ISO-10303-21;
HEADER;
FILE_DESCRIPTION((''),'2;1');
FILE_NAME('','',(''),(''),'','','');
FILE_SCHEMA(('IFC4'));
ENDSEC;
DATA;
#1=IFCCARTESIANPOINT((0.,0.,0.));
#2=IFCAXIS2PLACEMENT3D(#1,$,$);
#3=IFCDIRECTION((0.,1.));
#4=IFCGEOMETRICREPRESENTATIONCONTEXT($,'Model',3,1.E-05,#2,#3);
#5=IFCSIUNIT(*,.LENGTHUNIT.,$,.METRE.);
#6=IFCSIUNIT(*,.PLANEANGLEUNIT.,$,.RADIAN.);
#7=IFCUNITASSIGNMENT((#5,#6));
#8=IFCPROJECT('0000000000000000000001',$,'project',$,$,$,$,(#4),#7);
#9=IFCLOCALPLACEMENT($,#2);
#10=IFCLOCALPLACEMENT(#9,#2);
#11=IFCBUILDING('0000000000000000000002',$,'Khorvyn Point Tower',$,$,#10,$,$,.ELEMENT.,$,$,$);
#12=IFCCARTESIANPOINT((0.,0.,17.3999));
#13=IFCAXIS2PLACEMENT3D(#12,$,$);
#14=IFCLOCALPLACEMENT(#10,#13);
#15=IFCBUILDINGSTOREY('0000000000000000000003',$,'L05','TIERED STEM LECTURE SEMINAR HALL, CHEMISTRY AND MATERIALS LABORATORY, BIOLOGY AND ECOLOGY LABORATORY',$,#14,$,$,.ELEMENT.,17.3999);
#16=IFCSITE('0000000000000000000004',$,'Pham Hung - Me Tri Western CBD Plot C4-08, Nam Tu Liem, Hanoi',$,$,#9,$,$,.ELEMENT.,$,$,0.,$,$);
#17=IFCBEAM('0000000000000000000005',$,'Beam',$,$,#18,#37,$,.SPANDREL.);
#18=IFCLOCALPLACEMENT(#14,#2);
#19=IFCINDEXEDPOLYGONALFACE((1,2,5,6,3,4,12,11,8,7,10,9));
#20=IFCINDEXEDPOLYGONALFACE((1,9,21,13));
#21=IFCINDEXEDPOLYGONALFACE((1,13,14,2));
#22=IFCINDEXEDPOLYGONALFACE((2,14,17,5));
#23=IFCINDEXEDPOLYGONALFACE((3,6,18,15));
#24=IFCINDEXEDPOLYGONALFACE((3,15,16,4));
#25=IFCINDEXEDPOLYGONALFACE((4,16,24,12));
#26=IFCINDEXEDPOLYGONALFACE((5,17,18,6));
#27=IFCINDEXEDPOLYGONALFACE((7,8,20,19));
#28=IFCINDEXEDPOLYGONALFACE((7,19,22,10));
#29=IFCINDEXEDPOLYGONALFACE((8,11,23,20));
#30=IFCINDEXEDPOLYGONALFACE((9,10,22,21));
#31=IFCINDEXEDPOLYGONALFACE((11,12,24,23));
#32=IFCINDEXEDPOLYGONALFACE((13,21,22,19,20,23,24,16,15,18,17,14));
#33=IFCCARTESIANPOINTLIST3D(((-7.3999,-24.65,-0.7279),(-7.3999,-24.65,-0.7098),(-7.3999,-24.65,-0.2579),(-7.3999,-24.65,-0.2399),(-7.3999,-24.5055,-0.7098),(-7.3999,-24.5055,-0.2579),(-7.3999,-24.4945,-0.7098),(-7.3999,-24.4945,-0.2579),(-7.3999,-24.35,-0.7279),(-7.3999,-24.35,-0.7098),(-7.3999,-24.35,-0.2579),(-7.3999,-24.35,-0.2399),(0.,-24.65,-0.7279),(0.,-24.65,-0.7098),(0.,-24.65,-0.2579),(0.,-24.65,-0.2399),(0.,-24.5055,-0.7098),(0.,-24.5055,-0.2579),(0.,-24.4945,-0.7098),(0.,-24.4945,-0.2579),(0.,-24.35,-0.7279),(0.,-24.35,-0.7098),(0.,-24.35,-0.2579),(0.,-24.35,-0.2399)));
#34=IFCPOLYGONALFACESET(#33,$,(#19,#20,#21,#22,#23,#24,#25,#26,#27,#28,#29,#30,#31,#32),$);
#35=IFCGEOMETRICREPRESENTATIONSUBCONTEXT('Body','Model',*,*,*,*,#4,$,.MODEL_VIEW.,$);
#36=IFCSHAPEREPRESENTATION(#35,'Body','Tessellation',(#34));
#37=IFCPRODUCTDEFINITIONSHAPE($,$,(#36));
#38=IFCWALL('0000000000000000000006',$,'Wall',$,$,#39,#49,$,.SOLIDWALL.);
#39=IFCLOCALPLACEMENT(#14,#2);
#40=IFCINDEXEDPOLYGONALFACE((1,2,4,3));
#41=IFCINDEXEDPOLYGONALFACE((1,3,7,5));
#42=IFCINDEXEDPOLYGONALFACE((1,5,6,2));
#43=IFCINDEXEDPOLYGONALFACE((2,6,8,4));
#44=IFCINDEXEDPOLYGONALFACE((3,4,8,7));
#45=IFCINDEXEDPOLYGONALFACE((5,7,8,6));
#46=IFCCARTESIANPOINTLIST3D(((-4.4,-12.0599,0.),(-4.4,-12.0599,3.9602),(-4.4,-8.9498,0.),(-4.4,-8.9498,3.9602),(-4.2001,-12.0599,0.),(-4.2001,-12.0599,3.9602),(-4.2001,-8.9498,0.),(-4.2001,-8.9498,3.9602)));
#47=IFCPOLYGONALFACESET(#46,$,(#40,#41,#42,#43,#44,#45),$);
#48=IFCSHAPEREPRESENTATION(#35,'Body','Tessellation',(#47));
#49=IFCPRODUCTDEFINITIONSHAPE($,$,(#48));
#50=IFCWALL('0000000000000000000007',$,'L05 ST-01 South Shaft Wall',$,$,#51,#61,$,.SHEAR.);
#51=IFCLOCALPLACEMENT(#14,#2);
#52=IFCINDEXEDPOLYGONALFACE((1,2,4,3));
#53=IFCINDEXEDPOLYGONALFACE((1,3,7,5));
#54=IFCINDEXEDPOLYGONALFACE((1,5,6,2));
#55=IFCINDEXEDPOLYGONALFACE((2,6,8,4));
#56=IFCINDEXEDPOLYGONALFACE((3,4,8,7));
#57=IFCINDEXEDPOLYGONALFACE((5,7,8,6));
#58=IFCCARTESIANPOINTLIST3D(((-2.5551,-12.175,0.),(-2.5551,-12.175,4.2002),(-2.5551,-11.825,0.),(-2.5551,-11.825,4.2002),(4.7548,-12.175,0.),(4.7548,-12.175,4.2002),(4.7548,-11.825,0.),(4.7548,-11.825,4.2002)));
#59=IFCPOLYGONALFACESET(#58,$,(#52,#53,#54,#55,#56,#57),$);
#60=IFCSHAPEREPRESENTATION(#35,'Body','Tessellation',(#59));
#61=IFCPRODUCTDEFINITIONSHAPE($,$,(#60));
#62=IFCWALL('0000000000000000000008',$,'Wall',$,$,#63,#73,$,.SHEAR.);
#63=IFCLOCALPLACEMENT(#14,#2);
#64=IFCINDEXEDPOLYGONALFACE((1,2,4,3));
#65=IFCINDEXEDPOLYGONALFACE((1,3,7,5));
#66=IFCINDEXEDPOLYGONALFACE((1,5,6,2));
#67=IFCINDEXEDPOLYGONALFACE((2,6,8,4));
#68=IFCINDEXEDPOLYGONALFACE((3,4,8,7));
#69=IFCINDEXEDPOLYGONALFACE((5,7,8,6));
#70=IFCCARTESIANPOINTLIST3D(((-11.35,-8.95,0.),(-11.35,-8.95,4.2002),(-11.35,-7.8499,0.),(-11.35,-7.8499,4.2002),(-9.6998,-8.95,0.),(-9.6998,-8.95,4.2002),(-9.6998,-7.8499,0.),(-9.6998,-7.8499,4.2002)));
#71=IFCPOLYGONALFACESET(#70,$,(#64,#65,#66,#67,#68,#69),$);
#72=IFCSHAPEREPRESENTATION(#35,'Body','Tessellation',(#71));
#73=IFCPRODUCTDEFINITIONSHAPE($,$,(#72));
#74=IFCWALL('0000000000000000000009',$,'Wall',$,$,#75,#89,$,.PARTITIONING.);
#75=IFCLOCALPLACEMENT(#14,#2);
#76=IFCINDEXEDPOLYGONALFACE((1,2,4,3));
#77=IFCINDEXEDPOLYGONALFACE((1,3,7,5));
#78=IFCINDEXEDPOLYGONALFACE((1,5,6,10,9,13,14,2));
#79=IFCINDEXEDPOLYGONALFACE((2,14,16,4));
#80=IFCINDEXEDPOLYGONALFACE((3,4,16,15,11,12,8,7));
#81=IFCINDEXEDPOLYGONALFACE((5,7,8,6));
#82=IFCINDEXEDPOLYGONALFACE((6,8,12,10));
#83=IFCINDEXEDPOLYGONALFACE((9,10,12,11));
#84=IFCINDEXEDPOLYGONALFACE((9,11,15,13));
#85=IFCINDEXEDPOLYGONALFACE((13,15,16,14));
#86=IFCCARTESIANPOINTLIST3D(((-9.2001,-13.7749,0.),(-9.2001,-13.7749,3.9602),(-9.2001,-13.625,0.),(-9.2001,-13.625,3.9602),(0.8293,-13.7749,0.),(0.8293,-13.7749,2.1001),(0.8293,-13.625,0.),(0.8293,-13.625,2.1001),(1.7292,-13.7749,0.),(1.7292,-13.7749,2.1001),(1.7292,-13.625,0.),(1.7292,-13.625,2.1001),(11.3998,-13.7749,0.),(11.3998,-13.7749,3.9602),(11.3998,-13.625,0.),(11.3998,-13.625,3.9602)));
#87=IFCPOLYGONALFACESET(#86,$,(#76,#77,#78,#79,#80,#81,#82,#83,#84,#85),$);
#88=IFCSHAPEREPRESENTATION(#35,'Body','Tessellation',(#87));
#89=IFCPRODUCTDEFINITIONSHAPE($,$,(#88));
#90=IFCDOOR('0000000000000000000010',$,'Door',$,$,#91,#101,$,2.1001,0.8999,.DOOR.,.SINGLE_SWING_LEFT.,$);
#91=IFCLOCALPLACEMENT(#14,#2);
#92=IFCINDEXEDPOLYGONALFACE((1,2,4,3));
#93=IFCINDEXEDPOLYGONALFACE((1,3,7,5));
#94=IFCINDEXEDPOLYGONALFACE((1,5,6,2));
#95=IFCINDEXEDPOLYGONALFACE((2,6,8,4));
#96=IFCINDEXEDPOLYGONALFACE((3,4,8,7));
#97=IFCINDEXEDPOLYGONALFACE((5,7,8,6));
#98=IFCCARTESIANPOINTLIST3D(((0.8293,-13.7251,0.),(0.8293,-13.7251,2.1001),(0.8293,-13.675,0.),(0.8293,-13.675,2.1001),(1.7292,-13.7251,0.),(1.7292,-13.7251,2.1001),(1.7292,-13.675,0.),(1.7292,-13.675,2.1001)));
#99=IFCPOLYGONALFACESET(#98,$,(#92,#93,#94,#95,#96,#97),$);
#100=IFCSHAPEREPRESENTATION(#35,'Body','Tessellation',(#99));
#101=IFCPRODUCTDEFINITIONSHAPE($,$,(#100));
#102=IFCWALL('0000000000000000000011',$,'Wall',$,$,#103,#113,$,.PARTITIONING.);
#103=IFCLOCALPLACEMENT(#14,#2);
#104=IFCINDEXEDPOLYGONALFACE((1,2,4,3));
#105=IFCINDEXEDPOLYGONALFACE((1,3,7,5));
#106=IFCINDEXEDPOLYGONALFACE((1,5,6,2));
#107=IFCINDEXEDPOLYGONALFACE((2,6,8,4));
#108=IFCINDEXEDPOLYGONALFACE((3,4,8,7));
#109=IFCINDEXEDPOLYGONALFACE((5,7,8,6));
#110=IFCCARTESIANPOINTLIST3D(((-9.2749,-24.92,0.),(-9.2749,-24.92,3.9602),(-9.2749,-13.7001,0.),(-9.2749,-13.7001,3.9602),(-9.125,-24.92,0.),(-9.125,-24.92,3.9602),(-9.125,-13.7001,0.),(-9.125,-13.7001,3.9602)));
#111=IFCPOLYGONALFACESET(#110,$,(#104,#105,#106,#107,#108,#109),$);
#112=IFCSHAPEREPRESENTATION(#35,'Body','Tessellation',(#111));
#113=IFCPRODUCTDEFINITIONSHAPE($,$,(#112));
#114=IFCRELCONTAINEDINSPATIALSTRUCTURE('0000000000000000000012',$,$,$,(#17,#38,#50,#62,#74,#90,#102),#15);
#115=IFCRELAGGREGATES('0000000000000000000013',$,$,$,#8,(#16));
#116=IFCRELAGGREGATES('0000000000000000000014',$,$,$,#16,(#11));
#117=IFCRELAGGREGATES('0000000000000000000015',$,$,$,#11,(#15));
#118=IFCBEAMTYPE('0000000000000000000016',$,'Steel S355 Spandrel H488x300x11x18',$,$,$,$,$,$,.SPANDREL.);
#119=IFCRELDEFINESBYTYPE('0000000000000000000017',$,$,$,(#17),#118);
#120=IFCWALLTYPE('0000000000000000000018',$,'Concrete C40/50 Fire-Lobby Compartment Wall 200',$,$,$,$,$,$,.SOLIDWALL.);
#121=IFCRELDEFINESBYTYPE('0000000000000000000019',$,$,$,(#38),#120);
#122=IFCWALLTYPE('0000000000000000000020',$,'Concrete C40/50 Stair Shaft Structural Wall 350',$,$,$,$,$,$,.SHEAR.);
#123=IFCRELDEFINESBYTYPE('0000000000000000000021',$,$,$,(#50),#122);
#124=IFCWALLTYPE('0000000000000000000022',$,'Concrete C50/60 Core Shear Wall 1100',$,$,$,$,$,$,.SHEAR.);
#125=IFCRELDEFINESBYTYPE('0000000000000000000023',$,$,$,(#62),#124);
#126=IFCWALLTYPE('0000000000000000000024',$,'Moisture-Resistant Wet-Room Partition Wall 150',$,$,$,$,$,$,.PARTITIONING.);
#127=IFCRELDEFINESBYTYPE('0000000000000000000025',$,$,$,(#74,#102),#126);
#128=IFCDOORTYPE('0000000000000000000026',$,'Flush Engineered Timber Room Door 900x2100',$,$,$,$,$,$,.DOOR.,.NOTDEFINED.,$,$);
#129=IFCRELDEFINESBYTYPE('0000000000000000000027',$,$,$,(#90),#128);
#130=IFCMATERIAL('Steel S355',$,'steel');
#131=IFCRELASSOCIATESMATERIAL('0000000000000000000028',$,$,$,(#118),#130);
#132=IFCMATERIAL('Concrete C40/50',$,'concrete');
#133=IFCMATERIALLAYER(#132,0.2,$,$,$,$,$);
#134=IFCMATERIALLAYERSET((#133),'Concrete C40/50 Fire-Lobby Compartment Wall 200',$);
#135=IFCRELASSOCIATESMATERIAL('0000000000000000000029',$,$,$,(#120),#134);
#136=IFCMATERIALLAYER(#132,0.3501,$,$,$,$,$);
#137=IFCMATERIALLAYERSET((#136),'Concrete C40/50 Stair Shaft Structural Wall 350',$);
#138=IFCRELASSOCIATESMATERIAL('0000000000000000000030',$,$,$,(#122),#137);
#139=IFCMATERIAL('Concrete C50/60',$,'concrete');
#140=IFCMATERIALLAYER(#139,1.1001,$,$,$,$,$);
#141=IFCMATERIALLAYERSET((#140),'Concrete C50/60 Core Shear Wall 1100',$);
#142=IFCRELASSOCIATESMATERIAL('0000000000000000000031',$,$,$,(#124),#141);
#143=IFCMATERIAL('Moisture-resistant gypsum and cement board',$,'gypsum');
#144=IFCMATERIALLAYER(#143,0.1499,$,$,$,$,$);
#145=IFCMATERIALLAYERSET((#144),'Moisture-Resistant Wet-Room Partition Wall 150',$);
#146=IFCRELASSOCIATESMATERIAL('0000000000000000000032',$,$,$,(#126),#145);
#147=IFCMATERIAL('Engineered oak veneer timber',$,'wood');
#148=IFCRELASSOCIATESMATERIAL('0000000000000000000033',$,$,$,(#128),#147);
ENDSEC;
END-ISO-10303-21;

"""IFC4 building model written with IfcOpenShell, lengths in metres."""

from ifc_helpers import new_model, si_unit, direction, frame, frame_2d, origin, origin_2d, place, context, subcontext, project, spatial, rectangle, i_section, extrude, material, layer, layer_set, material_profile, profile_set, type_object, element, fill, save


model = new_model("IFC4")

# Units and contexts
model_context = context("Model", 3, precision=1e-05, world=origin(), true_north=direction((0.0, 1.0)))
body_context = subcontext(model_context, "Body", "Model", "MODEL_VIEW")
ifc_project = project(units=[si_unit("LENGTHUNIT", "METRE"), si_unit("PLANEANGLEUNIT", "RADIAN")], contexts=[model_context])

# Site, building, storey
site_placement = place(None, origin())
site = spatial("IfcSite", under=ifc_project, at=site_placement, Name="Pham Hung - Me Tri Western CBD Plot C4-08, Nam Tu Liem, Hanoi", CompositionType="ELEMENT", RefElevation=0.0)
building_placement = place(site_placement, origin())
building = spatial("IfcBuilding", under=site, at=building_placement, Name="Khorvyn Point Tower", CompositionType="ELEMENT")
storey_placement = place(building_placement, frame((0.0, 0.0, 17.3999)))
storey = spatial("IfcBuildingStorey", under=building, at=storey_placement, Name="L05", Description="TIERED STEM LECTURE SEMINAR HALL, CHEMISTRY AND MATERIALS LABORATORY, BIOLOGY AND ECOLOGY LABORATORY", CompositionType="ELEMENT", Elevation=17.3999)

# Shared definitions
ifc_material_1 = material(Name="Concrete C40/50", Category="concrete")
ifc_material_2 = material(Name="Concrete C50/60", Category="concrete")

# Beam
ifc_material_3 = material(Name="Steel S355", Category="steel")
ifc_material_profile_1 = material_profile(ifc_material_3, i_section(OverallWidth=0.3, OverallDepth=0.488, WebThickness=0.011, FlangeThickness=0.0181, at=origin_2d()))
ifc_profile_set_1 = profile_set([ifc_material_profile_1], Name="Steel S355 H488x300x11x18")
beam_type_1 = type_object("IfcBeamType", Name="Steel S355 Spandrel H488x300x11x18", PredefinedType="SPANDREL", material=ifc_profile_set_1)
beam_1_placement = place(storey_placement, frame((-7.3999, -24.5, -0.4839), z_axis=(1.0, 0.0, 0.0), x_axis=(0.0, 1.0, 0.0)))
element("IfcBeam", 1, at=beam_1_placement, inside=storey, type_object=beam_type_1, Name="Beam", PredefinedType="SPANDREL", context=body_context, shape_type="SweptSolid", body=[
    extrude(i_section(OverallWidth=0.3, OverallDepth=0.488, WebThickness=0.011, FlangeThickness=0.0181, at=origin_2d()), origin(), (0.0, 0.0, 1.0), 7.3999),
])

# Shared definitions
ifc_layer_1 = layer(ifc_material_1, 0.2)
ifc_layer_set_1 = layer_set([ifc_layer_1], Name="Concrete C40/50 Fire-Lobby Compartment Wall 200")
wall_type_1 = type_object("IfcWallType", Name="Concrete C40/50 Fire-Lobby Compartment Wall 200", PredefinedType="SOLIDWALL", material=ifc_layer_set_1)

# Walls
wall_1_placement = place(storey_placement, frame((-4.3, -12.0601, 0.0), z_axis=(0.0, 0.0, 1.0), x_axis=(0.0, 1.0, 0.0)))
element("IfcWall", 2, at=wall_1_placement, inside=storey, type_object=wall_type_1, Name="Wall", PredefinedType="SOLIDWALL", context=body_context, shape_type="SweptSolid", body=[
    extrude(rectangle(XDim=3.1101, YDim=0.2, at=frame_2d((1.5552, 0.0))), origin(), (0.0, 0.0, 1.0), 3.9602),
])
ifc_layer_2 = layer(ifc_material_1, 0.3501)
ifc_layer_set_2 = layer_set([ifc_layer_2], Name="Concrete C40/50 Stair Shaft Structural Wall 350")
wall_type_2 = type_object("IfcWallType", Name="Concrete C40/50 Stair Shaft Structural Wall 350", PredefinedType="SHEAR", material=ifc_layer_set_2)
wall_2_placement = place(storey_placement, frame((-2.5549, -12.0, 0.0), z_axis=(0.0, 0.0, 1.0), x_axis=(1.0, 0.0, 0.0)))
element("IfcWall", 3, at=wall_2_placement, inside=storey, type_object=wall_type_2, Name="L05 ST-01 South Shaft Wall", PredefinedType="SHEAR", context=body_context, shape_type="SweptSolid", body=[
    extrude(rectangle(XDim=7.3098, YDim=0.3501, at=frame_2d((3.6548, 0.0))), origin(), (0.0, 0.0, 1.0), 4.2002),
])
ifc_layer_3 = layer(ifc_material_2, 1.1001)
ifc_layer_set_3 = layer_set([ifc_layer_3], Name="Concrete C50/60 Core Shear Wall 1100")
wall_type_3 = type_object("IfcWallType", Name="Concrete C50/60 Core Shear Wall 1100", PredefinedType="SHEAR", material=ifc_layer_set_3)
wall_3_placement = place(storey_placement, frame((-11.3501, -8.3999, 0.0), z_axis=(0.0, 0.0, 1.0), x_axis=(1.0, 0.0, 0.0)))
element("IfcWall", 4, at=wall_3_placement, inside=storey, type_object=wall_type_3, Name="Wall", PredefinedType="SHEAR", context=body_context, shape_type="SweptSolid", body=[
    extrude(rectangle(XDim=1.6501, YDim=1.1001, at=frame_2d((0.8252, 0.0))), origin(), (0.0, 0.0, 1.0), 4.2002),
])

# Wall, opening, door
ifc_material_4 = material(Name="Moisture-resistant gypsum and cement board", Category="gypsum")
ifc_layer_4 = layer(ifc_material_4, 0.1499)
ifc_layer_set_4 = layer_set([ifc_layer_4], Name="Moisture-Resistant Wet-Room Partition Wall 150")
wall_type_4 = type_object("IfcWallType", Name="Moisture-Resistant Wet-Room Partition Wall 150", PredefinedType="PARTITIONING", material=ifc_layer_set_4)
wall_4_placement = place(storey_placement, frame((-9.2, -13.7, 0.0), z_axis=(0.0, 0.0, 1.0), x_axis=(1.0, 0.0, 0.0)))
wall_4 = element("IfcWall", 5, at=wall_4_placement, inside=storey, type_object=wall_type_4, Name="Wall", PredefinedType="PARTITIONING", context=body_context, shape_type="SweptSolid", body=[
    extrude(rectangle(XDim=20.5999, YDim=0.1499, at=frame_2d((10.2998, 0.0))), origin(), (0.0, 0.0, 1.0), 3.9602),
])
opening_1_placement = place(wall_4_placement, frame((10.0293, 0.0, 0.0)))
opening_1 = element("IfcOpeningElement", 6, at=opening_1_placement, cuts=wall_4, PredefinedType="OPENING", context=body_context, shape_type="SweptSolid", body=[
    extrude(rectangle(XDim=0.8999, YDim=2.1001, at=frame_2d((0.45, 1.05))), frame((0.0, 0.085, 0.0), z_axis=(0.0, -1.0, 0.0), x_axis=(1.0, 0.0, 0.0)), (0.0, 0.0, 1.0), 0.1699),
])
ifc_material_5 = material(Name="Engineered oak veneer timber", Category="wood")
door_type_1 = type_object("IfcDoorType", Name="Flush Engineered Timber Room Door 900x2100", OperationType="NOTDEFINED", PredefinedType="DOOR", material=ifc_material_5)
door_1_placement = place(opening_1_placement, origin())
door_1 = element("IfcDoor", 7, at=door_1_placement, inside=storey, type_object=door_type_1, Name="Door", OperationType="SINGLE_SWING_LEFT", OverallHeight=2.1001, OverallWidth=0.8999, PredefinedType="DOOR", context=body_context, shape_type="SweptSolid", body=[
    extrude(rectangle(XDim=0.8999, YDim=2.1001, at=frame_2d((0.45, 1.05))), frame((0.0, 0.0249, 0.0), z_axis=(0.0, -1.0, 0.0), x_axis=(1.0, 0.0, 0.0)), (0.0, 0.0, 1.0), 0.05),
])
fill(opening_1, door_1)

# Wall
wall_5_placement = place(storey_placement, frame((-9.2, -24.9199, 0.0), z_axis=(0.0, 0.0, 1.0), x_axis=(0.0, 1.0, 0.0)))
element("IfcWall", 8, at=wall_5_placement, inside=storey, type_object=wall_type_4, Name="Wall", PredefinedType="PARTITIONING", context=body_context, shape_type="SweptSolid", body=[
    extrude(rectangle(XDim=11.22, YDim=0.1499, at=frame_2d((5.6099, 0.0))), origin(), (0.0, 0.0, 1.0), 3.9602),
])

save(model, "model.ifc")
